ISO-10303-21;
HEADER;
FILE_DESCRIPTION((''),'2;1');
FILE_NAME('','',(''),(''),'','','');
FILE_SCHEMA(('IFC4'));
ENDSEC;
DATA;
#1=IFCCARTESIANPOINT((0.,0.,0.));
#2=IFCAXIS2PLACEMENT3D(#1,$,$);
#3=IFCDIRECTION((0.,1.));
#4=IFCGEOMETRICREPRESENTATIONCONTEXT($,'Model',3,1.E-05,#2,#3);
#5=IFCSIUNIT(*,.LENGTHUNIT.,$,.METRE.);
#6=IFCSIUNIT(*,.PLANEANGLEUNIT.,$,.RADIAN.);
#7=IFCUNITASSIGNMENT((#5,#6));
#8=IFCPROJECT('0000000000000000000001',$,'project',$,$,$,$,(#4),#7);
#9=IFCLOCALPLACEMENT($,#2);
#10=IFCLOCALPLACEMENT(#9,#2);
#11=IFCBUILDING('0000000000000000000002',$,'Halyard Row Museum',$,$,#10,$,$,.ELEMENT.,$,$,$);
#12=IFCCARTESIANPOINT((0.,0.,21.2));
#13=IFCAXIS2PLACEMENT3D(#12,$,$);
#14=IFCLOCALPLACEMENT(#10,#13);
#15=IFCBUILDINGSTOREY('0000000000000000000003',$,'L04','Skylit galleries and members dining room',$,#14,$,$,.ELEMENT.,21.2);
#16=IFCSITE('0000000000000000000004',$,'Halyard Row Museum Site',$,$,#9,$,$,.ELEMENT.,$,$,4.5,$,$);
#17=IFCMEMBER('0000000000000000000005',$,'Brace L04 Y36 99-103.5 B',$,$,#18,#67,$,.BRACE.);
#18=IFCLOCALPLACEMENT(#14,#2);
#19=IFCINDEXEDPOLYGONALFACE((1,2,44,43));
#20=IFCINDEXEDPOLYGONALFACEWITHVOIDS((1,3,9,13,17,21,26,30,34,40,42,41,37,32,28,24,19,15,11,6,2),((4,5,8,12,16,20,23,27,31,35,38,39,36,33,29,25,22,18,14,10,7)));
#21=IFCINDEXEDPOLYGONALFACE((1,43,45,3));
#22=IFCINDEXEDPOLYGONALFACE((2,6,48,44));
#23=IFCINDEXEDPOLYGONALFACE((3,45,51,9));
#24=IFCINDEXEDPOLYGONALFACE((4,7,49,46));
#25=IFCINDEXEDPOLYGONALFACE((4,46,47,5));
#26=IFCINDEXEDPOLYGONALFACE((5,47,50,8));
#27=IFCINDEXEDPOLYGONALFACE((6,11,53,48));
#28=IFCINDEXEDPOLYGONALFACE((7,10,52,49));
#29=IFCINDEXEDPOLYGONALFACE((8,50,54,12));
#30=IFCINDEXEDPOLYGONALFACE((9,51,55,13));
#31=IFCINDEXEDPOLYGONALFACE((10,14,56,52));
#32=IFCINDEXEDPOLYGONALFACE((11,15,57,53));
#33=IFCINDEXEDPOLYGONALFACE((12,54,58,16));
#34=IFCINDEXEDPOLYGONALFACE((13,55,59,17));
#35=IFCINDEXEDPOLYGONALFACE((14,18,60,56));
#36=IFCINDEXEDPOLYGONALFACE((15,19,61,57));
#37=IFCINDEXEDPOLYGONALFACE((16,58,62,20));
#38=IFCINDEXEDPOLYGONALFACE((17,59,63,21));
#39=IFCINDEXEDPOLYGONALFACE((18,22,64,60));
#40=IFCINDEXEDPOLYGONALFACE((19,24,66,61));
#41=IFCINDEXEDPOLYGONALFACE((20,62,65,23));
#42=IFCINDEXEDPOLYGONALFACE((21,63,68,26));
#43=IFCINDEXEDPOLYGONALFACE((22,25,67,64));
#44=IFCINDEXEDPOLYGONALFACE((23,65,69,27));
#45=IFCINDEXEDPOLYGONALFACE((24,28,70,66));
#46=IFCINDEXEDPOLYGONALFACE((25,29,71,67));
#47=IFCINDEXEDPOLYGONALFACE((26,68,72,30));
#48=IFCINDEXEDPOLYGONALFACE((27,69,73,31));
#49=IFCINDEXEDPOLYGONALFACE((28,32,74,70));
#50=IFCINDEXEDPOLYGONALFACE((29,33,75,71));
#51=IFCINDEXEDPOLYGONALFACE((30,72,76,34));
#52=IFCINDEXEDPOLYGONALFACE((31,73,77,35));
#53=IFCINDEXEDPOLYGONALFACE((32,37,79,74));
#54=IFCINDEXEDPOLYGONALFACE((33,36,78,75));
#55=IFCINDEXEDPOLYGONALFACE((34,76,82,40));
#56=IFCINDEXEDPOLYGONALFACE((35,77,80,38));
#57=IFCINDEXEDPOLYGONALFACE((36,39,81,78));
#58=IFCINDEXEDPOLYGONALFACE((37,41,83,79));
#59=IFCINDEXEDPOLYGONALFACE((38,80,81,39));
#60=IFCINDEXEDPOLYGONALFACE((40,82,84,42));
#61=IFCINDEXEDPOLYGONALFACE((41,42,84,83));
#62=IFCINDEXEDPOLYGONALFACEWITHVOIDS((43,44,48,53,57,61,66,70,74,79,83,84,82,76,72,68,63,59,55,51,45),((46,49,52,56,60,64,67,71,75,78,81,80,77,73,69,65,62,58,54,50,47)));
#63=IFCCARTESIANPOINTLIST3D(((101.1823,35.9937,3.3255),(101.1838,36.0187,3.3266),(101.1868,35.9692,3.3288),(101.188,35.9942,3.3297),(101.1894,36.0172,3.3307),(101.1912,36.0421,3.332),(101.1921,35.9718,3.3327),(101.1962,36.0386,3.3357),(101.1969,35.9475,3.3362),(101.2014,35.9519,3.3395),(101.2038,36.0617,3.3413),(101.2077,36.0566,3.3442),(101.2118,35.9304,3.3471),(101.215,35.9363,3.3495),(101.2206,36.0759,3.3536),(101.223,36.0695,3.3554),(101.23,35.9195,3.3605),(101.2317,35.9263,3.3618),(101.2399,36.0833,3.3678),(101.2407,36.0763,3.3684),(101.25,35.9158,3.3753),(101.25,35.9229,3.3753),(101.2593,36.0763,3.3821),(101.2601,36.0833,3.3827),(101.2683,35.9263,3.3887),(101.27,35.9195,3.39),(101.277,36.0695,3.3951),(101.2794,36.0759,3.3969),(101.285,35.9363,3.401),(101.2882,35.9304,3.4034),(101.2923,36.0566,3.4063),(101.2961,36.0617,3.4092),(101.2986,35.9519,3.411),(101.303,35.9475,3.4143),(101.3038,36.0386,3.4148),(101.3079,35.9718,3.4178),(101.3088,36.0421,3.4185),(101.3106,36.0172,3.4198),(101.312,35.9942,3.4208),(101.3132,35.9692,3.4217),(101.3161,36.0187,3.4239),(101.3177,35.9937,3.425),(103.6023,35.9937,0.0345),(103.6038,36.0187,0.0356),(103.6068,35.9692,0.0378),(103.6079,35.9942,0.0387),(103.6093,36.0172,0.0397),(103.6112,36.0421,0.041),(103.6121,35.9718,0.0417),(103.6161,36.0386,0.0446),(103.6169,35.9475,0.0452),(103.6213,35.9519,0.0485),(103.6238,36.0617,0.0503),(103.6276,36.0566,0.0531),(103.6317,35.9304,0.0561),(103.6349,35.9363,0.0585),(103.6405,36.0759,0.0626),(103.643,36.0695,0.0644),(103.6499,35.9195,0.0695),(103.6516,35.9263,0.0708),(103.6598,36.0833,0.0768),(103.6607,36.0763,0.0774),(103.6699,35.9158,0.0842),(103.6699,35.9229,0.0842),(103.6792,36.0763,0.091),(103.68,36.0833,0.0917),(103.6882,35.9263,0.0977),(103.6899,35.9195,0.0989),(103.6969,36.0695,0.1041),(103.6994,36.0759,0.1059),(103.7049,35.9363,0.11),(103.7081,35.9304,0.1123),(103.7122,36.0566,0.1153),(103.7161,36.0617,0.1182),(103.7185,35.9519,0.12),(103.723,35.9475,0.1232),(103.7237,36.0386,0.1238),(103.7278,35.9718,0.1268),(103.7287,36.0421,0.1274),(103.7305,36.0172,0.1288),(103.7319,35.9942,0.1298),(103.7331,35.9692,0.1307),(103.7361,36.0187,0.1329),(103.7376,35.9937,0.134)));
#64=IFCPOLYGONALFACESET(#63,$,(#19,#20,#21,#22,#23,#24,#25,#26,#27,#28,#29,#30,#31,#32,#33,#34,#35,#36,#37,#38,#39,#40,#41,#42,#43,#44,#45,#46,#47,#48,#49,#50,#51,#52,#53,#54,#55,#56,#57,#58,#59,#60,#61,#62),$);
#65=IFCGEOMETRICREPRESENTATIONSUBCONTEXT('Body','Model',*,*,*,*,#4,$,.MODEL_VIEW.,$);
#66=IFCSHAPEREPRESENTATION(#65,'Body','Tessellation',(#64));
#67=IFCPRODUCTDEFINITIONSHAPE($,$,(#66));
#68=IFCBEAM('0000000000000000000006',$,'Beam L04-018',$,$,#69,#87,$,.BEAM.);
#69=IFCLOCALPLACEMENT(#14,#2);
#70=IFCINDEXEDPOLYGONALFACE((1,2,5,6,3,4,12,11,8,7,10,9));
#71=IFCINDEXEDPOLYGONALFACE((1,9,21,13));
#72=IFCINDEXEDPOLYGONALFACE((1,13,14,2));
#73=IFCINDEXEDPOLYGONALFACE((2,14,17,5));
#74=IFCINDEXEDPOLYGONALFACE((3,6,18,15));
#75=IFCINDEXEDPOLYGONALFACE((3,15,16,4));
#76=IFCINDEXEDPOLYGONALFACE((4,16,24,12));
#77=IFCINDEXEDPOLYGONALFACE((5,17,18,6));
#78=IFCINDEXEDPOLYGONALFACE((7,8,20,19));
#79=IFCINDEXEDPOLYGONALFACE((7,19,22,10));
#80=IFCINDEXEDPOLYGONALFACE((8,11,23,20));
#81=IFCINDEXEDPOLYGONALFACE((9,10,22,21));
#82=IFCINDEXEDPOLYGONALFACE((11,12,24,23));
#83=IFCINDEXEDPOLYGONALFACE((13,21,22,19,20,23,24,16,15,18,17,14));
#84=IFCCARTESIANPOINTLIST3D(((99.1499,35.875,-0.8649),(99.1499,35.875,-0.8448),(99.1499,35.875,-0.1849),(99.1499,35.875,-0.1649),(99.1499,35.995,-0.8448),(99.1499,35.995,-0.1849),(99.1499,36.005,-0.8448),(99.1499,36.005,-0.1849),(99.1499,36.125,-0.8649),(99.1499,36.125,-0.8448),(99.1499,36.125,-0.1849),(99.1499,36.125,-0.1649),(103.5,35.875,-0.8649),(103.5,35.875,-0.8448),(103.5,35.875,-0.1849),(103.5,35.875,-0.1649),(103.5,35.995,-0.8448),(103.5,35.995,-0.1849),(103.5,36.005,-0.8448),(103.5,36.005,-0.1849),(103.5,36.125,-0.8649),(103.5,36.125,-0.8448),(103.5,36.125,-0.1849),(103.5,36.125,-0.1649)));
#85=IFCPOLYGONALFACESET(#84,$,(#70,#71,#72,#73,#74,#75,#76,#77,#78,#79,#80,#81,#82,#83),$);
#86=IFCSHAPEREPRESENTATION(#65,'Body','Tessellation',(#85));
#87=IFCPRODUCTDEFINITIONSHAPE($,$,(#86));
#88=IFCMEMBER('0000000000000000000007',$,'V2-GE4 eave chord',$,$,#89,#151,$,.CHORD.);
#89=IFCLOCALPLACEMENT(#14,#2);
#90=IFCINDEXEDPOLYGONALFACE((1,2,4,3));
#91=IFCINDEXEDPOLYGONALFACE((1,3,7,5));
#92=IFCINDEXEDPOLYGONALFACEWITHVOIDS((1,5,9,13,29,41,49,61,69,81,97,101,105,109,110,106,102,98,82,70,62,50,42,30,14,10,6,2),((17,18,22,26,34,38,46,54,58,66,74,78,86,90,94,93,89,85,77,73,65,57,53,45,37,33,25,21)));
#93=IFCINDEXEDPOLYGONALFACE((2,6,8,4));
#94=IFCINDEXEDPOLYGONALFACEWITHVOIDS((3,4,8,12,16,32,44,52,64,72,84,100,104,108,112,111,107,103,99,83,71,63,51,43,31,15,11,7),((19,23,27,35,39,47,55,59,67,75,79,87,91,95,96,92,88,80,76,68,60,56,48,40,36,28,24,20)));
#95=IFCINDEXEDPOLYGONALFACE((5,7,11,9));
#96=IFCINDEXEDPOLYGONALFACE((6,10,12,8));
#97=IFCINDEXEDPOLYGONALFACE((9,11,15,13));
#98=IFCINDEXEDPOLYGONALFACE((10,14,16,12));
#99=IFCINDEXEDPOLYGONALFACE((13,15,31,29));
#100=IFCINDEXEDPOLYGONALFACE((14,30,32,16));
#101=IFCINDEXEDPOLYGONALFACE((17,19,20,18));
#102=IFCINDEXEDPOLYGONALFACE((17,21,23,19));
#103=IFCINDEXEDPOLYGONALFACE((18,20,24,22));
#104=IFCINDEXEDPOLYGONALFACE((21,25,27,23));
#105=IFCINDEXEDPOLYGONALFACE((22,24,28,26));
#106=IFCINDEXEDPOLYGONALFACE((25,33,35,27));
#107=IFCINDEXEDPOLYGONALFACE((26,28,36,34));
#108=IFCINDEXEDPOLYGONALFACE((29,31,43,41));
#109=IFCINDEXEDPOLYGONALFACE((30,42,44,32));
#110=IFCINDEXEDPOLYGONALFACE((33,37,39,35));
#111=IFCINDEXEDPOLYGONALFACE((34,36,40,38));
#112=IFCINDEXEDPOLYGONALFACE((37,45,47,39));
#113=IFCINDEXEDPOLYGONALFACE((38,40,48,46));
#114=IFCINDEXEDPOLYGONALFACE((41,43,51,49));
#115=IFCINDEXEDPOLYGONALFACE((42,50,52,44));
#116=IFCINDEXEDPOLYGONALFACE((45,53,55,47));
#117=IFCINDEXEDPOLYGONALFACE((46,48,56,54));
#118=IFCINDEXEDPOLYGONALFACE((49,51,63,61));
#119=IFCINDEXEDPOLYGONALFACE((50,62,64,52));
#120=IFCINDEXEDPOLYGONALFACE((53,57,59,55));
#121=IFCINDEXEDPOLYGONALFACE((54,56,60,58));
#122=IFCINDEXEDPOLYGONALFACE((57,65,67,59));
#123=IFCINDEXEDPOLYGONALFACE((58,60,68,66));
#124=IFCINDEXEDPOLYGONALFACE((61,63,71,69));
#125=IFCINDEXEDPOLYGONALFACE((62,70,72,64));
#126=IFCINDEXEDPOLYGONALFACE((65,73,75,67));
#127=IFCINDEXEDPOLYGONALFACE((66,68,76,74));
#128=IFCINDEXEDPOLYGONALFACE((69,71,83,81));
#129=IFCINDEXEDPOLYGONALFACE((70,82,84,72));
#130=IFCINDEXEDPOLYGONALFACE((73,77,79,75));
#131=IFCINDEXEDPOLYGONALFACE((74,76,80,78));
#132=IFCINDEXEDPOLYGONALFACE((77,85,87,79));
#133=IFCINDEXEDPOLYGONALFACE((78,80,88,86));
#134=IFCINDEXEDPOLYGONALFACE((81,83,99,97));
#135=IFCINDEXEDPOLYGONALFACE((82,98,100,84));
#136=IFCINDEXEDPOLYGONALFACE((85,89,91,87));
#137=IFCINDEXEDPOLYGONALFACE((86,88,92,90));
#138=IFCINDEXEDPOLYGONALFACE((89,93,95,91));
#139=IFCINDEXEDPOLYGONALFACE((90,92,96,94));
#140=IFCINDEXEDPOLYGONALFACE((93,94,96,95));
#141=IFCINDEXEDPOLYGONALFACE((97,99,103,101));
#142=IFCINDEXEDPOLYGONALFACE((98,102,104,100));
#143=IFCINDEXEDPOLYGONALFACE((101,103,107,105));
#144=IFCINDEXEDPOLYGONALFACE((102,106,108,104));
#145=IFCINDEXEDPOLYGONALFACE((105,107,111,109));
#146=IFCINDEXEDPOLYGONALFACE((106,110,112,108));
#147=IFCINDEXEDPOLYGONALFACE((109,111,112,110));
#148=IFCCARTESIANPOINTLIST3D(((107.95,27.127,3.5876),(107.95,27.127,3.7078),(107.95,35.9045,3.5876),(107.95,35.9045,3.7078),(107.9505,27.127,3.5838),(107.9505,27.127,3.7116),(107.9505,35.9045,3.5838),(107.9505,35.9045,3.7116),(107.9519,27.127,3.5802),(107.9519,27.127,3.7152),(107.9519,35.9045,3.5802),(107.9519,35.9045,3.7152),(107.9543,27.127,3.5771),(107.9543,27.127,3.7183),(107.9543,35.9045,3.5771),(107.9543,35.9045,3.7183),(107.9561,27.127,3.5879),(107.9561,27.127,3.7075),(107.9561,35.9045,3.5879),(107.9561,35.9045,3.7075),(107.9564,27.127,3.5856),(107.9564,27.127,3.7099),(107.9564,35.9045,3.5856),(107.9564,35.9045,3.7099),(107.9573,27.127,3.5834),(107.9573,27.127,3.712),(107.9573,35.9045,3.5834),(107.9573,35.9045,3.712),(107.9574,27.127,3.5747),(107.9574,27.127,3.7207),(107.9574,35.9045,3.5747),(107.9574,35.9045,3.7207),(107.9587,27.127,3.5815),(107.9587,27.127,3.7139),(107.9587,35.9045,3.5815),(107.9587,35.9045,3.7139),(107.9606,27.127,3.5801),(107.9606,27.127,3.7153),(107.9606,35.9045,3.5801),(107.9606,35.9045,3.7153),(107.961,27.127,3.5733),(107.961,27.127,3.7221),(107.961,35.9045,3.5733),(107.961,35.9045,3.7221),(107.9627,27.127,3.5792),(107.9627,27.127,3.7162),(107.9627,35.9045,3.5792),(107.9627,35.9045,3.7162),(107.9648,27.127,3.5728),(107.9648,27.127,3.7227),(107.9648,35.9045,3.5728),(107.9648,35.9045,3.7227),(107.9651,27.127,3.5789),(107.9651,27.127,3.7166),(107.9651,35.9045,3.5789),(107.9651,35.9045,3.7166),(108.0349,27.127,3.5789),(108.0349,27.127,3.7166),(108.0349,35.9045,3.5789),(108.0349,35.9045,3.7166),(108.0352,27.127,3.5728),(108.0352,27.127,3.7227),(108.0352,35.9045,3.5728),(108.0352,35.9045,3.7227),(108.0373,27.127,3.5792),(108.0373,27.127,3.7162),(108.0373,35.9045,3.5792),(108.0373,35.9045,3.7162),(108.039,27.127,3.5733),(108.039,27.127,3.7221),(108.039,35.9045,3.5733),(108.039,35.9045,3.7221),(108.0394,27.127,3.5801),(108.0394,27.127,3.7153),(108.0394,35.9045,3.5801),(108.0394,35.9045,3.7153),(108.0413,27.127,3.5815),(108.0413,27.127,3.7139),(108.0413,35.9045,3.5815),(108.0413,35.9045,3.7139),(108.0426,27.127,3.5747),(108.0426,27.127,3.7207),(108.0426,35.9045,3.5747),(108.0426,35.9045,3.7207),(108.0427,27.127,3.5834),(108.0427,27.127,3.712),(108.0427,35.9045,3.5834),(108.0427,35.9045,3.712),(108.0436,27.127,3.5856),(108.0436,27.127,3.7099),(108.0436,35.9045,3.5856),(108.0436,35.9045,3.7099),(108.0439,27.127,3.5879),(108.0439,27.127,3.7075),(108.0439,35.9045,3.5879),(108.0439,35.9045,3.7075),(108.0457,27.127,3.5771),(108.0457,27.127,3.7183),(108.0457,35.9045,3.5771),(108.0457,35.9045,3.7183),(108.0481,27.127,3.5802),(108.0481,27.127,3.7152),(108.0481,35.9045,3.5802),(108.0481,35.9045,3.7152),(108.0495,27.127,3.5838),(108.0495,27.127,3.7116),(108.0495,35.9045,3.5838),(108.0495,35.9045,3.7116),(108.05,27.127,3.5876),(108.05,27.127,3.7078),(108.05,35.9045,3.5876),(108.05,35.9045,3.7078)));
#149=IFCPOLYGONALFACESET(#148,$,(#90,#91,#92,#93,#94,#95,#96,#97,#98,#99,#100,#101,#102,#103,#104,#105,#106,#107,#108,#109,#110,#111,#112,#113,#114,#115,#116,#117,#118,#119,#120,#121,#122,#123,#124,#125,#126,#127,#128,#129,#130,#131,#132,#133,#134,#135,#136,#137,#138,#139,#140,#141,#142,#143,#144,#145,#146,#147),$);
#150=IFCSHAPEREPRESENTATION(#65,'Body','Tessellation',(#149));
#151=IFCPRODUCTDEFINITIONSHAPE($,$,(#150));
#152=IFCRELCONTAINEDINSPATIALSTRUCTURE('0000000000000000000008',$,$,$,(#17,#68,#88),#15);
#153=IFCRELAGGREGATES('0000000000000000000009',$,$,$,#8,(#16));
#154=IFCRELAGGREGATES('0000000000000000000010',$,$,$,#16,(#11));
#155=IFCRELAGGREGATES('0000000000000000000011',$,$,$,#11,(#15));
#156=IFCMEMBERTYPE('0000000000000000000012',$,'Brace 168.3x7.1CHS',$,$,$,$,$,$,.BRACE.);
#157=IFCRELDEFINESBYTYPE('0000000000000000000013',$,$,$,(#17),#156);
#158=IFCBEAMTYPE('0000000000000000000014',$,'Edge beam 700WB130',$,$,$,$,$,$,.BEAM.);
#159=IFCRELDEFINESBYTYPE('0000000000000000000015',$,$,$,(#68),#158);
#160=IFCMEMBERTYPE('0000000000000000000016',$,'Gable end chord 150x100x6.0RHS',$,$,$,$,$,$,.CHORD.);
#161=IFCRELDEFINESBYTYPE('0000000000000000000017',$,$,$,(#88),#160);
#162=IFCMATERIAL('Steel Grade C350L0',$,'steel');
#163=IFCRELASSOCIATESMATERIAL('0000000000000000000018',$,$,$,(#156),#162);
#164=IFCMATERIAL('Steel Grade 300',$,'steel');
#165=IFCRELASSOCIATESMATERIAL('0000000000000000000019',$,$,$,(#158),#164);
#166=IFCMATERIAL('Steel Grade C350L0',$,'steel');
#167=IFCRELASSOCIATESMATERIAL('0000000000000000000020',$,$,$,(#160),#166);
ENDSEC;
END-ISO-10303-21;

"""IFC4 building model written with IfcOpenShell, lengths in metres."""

from ifc_helpers import new_model, si_unit, direction, frame, origin, origin_2d, place, context, subcontext, project, spatial, hollow_rectangle, hollow_circle, i_section, extrude, material, material_profile, profile_set, type_object, element, save


model = new_model("IFC4")

# Units and contexts
model_context = context("Model", 3, precision=1e-05, world=origin(), true_north=direction((0.0, 1.0)))
body_context = subcontext(model_context, "Body", "Model", "MODEL_VIEW")
ifc_project = project(units=[si_unit("LENGTHUNIT", "METRE"), si_unit("PLANEANGLEUNIT", "RADIAN")], contexts=[model_context])

# Site, building, storey
site_placement = place(None, origin())
site = spatial("IfcSite", under=ifc_project, at=site_placement, Name="Halyard Row Museum Site", CompositionType="ELEMENT", RefElevation=4.5)
building_placement = place(site_placement, origin())
building = spatial("IfcBuilding", under=site, at=building_placement, Name="Halyard Row Museum", CompositionType="ELEMENT")
storey_placement = place(building_placement, frame((0.0, 0.0, 21.2)))
storey = spatial("IfcBuildingStorey", under=building, at=storey_placement, Name="L04", Description="Skylit galleries and members dining room", CompositionType="ELEMENT", Elevation=21.2)

# Member
ifc_material_1 = material(Name="Steel Grade C350L0", Category="steel")
ifc_material_profile_1 = material_profile(ifc_material_1, hollow_circle(Radius=0.0842, WallThickness=0.0071, at=origin_2d()), Name="168.3x7.1CHS")
ifc_profile_set_1 = profile_set([ifc_material_profile_1], Name="Steel Grade C350L0")
member_type_1 = type_object("IfcMemberType", Name="Brace 168.3x7.1CHS", PredefinedType="BRACE", material=ifc_profile_set_1)
member_1_placement = place(storey_placement, frame((103.6699, 36.0, 0.0842), z_axis=(-0.5924, 0.0, 0.805644), x_axis=(0.0, -1.0, 0.0)))
element("IfcMember", 1, at=member_1_placement, inside=storey, type_object=member_type_1, Name="Brace L04 Y36 99-103.5 B", PredefinedType="BRACE", context=body_context, shape_type="SweptSolid", body=[
    extrude(hollow_circle(Radius=0.0842, WallThickness=0.0071, at=origin_2d()), origin(), (0.0, 0.0, 1.0), 4.085),
])

# Beam
ifc_material_2 = material(Name="Steel Grade 300", Category="steel")
ifc_material_profile_2 = material_profile(ifc_material_2, i_section(OverallWidth=0.25, OverallDepth=0.7, WebThickness=0.01, FlangeThickness=0.02, at=origin_2d()), Name="700WB130")
ifc_profile_set_2 = profile_set([ifc_material_profile_2], Name="Steel Grade 300")
beam_type_1 = type_object("IfcBeamType", Name="Edge beam 700WB130", PredefinedType="BEAM", material=ifc_profile_set_2)
beam_1_placement = place(storey_placement, frame((99.1499, 36.0, -0.5149), z_axis=(1.0, 0.0, 0.0), x_axis=(0.0, 1.0, 0.0)))
element("IfcBeam", 2, at=beam_1_placement, inside=storey, type_object=beam_type_1, Name="Beam L04-018", PredefinedType="BEAM", context=body_context, shape_type="SweptSolid", body=[
    extrude(i_section(OverallWidth=0.25, OverallDepth=0.7, WebThickness=0.01, FlangeThickness=0.02, at=origin_2d()), origin(), (0.0, 0.0, 1.0), 4.3501),
])

# Member
ifc_material_3 = material(Name="Steel Grade C350L0", Category="steel")
ifc_material_profile_3 = material_profile(ifc_material_3, hollow_rectangle(XDim=0.1001, YDim=0.1499, WallThickness=0.0061, InnerFilletRadius=0.009, OuterFilletRadius=0.0149, at=origin_2d()), Name="150x100x6.0RHS")
ifc_profile_set_3 = profile_set([ifc_material_profile_3], Name="Steel Grade C350L0")
member_type_2 = type_object("IfcMemberType", Name="Gable end chord 150x100x6.0RHS", PredefinedType="CHORD", material=ifc_profile_set_3)
member_2_placement = place(storey_placement, frame((108.0, 27.127, 3.6477), z_axis=(0.0, 1.0, 0.0), x_axis=(-1.0, 0.0, 0.0)))
element("IfcMember", 3, at=member_2_placement, inside=storey, type_object=member_type_2, Name="V2-GE4 eave chord", PredefinedType="CHORD", context=body_context, shape_type="SweptSolid", body=[
    extrude(hollow_rectangle(XDim=0.1001, YDim=0.1499, WallThickness=0.0061, InnerFilletRadius=0.009, OuterFilletRadius=0.0149, at=origin_2d()), origin(), (0.0, 0.0, 1.0), 8.7776),
])

save(model, "model.ifc")
